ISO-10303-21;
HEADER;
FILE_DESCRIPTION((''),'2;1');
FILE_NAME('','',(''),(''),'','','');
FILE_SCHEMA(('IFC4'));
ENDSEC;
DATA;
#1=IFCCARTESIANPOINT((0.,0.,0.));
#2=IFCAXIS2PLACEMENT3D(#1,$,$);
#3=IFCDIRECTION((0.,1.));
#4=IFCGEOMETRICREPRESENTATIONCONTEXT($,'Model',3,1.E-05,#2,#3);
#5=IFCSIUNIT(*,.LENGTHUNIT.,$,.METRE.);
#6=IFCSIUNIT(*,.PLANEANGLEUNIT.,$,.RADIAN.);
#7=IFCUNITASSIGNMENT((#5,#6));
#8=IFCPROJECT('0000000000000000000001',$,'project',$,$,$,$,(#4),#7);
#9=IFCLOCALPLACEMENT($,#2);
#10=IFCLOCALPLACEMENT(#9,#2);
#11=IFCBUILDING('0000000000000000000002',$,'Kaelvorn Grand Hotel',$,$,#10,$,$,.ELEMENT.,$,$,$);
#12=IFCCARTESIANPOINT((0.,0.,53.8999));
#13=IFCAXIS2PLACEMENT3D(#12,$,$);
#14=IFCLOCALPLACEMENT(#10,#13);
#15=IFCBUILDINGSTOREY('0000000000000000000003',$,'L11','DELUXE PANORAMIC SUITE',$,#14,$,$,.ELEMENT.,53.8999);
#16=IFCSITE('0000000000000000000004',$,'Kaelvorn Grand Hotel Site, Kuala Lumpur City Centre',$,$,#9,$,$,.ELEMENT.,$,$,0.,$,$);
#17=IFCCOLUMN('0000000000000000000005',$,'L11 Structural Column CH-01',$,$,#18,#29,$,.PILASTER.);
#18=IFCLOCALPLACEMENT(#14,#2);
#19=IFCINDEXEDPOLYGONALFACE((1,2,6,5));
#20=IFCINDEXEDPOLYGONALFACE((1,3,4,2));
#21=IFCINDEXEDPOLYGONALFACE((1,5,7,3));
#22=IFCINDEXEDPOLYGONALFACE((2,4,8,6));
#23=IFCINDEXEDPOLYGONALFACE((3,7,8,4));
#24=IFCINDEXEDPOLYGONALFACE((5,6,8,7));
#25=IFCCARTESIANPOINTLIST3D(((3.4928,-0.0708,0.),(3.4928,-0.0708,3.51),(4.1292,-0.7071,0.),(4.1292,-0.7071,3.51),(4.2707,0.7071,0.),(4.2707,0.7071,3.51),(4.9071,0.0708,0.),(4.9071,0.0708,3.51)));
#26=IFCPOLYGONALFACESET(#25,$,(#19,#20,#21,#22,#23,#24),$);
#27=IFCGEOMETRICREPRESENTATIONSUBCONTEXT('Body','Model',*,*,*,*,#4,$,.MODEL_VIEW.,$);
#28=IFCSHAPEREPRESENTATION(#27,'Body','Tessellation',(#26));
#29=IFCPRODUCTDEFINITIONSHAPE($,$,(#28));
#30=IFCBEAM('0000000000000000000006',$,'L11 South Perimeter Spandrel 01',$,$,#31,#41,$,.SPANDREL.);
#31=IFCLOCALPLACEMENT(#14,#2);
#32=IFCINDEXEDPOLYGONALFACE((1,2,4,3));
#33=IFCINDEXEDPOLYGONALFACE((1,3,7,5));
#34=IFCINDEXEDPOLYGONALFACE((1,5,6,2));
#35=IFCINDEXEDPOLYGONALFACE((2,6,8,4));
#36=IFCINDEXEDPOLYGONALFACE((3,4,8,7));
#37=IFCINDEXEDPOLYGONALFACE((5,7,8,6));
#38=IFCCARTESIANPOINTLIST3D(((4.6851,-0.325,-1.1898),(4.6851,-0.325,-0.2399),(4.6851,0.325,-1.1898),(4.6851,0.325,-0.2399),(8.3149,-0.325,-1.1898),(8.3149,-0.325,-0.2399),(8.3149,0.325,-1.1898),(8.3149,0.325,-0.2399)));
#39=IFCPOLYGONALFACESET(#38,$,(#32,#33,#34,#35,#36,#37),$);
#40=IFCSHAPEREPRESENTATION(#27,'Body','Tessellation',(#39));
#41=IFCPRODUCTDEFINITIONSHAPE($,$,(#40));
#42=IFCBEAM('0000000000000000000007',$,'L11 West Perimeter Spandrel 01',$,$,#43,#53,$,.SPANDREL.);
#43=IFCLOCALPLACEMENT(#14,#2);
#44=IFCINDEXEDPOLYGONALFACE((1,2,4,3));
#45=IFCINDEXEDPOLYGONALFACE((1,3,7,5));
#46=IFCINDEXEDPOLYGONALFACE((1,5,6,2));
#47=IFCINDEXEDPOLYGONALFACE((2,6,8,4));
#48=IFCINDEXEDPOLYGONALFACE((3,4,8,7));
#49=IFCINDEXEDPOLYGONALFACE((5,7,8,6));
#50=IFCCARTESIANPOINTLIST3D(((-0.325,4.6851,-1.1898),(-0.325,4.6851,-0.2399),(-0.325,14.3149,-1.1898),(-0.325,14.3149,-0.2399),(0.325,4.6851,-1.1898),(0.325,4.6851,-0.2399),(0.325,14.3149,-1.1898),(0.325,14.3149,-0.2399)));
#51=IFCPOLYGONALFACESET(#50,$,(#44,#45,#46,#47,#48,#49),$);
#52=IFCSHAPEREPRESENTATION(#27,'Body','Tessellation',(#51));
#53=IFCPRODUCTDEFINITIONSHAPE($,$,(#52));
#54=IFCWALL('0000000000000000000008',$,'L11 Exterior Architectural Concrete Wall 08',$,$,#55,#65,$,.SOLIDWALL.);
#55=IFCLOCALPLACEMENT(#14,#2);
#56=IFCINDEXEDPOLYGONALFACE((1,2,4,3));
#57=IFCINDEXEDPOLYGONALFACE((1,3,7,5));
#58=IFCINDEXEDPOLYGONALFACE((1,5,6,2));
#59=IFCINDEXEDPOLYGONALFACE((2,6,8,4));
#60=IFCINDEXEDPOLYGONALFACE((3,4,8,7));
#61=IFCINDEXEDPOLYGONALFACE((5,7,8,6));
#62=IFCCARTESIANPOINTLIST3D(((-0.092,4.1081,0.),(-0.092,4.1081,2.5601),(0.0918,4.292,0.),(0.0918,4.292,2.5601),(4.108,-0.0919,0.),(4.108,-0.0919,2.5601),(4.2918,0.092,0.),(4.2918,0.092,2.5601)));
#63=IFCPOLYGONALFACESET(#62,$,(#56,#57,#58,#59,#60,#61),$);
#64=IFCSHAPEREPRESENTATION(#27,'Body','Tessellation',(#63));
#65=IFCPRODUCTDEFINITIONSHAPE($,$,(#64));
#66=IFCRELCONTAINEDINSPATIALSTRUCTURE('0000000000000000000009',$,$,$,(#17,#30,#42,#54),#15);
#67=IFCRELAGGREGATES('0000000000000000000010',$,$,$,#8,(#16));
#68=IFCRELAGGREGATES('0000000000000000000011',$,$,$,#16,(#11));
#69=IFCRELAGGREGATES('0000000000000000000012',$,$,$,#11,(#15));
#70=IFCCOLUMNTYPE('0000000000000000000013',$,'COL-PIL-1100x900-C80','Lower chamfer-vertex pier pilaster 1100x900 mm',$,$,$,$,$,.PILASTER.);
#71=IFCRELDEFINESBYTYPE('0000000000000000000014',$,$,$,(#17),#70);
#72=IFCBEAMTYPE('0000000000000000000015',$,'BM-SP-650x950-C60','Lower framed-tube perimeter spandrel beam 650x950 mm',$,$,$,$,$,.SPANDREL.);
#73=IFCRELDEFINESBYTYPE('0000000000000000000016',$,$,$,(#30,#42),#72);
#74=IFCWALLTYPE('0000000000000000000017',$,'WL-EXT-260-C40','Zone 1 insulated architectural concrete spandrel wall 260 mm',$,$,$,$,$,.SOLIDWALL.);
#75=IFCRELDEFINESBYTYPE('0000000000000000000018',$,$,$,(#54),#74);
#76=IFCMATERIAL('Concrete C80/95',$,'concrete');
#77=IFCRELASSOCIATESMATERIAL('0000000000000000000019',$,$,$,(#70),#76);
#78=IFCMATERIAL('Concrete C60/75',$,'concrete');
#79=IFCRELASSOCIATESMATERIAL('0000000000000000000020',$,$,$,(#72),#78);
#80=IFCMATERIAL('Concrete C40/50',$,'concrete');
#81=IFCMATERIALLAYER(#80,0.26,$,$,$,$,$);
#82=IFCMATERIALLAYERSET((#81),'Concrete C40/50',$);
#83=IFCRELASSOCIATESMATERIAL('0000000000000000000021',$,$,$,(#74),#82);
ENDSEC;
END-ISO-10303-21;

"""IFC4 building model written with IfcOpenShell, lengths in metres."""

from ifc_helpers import new_model, si_unit, direction, frame, frame_2d, origin, origin_2d, place, context, subcontext, project, spatial, rectangle, extrude, material, layer, layer_set, material_profile, profile_set, type_object, element, save


model = new_model("IFC4")

# Units and contexts
model_context = context("Model", 3, precision=1e-05, world=origin(), true_north=direction((0.0, 1.0)))
body_context = subcontext(model_context, "Body", "Model", "MODEL_VIEW")
ifc_project = project(units=[si_unit("LENGTHUNIT", "METRE"), si_unit("PLANEANGLEUNIT", "RADIAN")], contexts=[model_context])

# Site, building, storey
site_placement = place(None, origin())
site = spatial("IfcSite", under=ifc_project, at=site_placement, Name="Kaelvorn Grand Hotel Site, Kuala Lumpur City Centre", CompositionType="ELEMENT", RefElevation=0.0)
building_placement = place(site_placement, origin())
building = spatial("IfcBuilding", under=site, at=building_placement, Name="Kaelvorn Grand Hotel", CompositionType="ELEMENT")
storey_placement = place(building_placement, frame((0.0, 0.0, 53.8999)))
storey = spatial("IfcBuildingStorey", under=building, at=storey_placement, Name="L11", Description="DELUXE PANORAMIC SUITE", CompositionType="ELEMENT", Elevation=53.8999)

# Column
ifc_material_1 = material(Name="Concrete C80/95", Category="concrete")
ifc_material_profile_1 = material_profile(ifc_material_1, rectangle(XDim=1.1001, YDim=0.8999, at=origin_2d()), Name="RC PILASTER 1100x900")
ifc_profile_set_1 = profile_set([ifc_material_profile_1], Name="Concrete C80/95")
column_type = type_object("IfcColumnType", Name="COL-PIL-1100x900-C80", Description="Lower chamfer-vertex pier pilaster 1100x900 mm", PredefinedType="PILASTER", material=ifc_profile_set_1)
column_placement = place(storey_placement, frame((4.2, 0.0, 0.0), z_axis=(0.0, 0.0, 1.0), x_axis=(0.707107, 0.707107, 0.0)))
element("IfcColumn", 1, at=column_placement, inside=storey, type_object=column_type, Name="L11 Structural Column CH-01", PredefinedType="PILASTER", context=body_context, shape_type="SweptSolid", body=[
    extrude(rectangle(XDim=1.1001, YDim=0.8999, at=origin_2d()), origin(), (0.0, 0.0, 1.0), 3.51),
])

# Beams
ifc_material_2 = material(Name="Concrete C60/75", Category="concrete")
ifc_material_profile_2 = material_profile(ifc_material_2, rectangle(XDim=0.6499, YDim=0.95, at=origin_2d()), Name="RC SPANDREL 650x950")
ifc_profile_set_2 = profile_set([ifc_material_profile_2], Name="Concrete C60/75")
beam_type = type_object("IfcBeamType", Name="BM-SP-650x950-C60", Description="Lower framed-tube perimeter spandrel beam 650x950 mm", PredefinedType="SPANDREL", material=ifc_profile_set_2)
beam_1_placement = place(storey_placement, frame((4.6851, 0.0, -0.7148), z_axis=(1.0, 0.0, 0.0), x_axis=(0.0, 1.0, 0.0)))
element("IfcBeam", 2, at=beam_1_placement, inside=storey, type_object=beam_type, Name="L11 South Perimeter Spandrel 01", PredefinedType="SPANDREL", context=body_context, shape_type="SweptSolid", body=[
    extrude(rectangle(XDim=0.6499, YDim=0.95, at=origin_2d()), origin(), (0.0, 0.0, 1.0), 3.6299),
])
beam_2_placement = place(storey_placement, frame((0.0, 4.6851, -0.7148), z_axis=(0.0, 1.0, 0.0), x_axis=(-1.0, 0.0, 0.0)))
element("IfcBeam", 3, at=beam_2_placement, inside=storey, type_object=beam_type, Name="L11 West Perimeter Spandrel 01", PredefinedType="SPANDREL", context=body_context, shape_type="SweptSolid", body=[
    extrude(rectangle(XDim=0.6499, YDim=0.95, at=origin_2d()), origin(), (0.0, 0.0, 1.0), 9.6299),
])

# Shared definitions
ifc_material_3 = material(Name="Concrete C40/50", Category="concrete")
ifc_layer = layer(ifc_material_3, 0.26)
ifc_layer_set = layer_set([ifc_layer], Name="Concrete C40/50")
wall_type = type_object("IfcWallType", Name="WL-EXT-260-C40", Description="Zone 1 insulated architectural concrete spandrel wall 260 mm", PredefinedType="SOLIDWALL", material=ifc_layer_set)

# Wall
wall_1_placement = place(storey_placement, frame((0.0, 4.2, 0.0), z_axis=(0.0, 0.0, 1.0), x_axis=(0.707107, -0.707107, 0.0)))
element("IfcWall", 4, at=wall_1_placement, inside=storey, type_object=wall_type, Name="L11 Exterior Architectural Concrete Wall 08", PredefinedType="SOLIDWALL", context=body_context, shape_type="SweptSolid", body=[
    extrude(rectangle(XDim=5.9397, YDim=0.26, at=frame_2d((2.9697, 0.0))), origin(), (0.0, 0.0, 1.0), 2.5601),
])

save(model, "model.ifc")
